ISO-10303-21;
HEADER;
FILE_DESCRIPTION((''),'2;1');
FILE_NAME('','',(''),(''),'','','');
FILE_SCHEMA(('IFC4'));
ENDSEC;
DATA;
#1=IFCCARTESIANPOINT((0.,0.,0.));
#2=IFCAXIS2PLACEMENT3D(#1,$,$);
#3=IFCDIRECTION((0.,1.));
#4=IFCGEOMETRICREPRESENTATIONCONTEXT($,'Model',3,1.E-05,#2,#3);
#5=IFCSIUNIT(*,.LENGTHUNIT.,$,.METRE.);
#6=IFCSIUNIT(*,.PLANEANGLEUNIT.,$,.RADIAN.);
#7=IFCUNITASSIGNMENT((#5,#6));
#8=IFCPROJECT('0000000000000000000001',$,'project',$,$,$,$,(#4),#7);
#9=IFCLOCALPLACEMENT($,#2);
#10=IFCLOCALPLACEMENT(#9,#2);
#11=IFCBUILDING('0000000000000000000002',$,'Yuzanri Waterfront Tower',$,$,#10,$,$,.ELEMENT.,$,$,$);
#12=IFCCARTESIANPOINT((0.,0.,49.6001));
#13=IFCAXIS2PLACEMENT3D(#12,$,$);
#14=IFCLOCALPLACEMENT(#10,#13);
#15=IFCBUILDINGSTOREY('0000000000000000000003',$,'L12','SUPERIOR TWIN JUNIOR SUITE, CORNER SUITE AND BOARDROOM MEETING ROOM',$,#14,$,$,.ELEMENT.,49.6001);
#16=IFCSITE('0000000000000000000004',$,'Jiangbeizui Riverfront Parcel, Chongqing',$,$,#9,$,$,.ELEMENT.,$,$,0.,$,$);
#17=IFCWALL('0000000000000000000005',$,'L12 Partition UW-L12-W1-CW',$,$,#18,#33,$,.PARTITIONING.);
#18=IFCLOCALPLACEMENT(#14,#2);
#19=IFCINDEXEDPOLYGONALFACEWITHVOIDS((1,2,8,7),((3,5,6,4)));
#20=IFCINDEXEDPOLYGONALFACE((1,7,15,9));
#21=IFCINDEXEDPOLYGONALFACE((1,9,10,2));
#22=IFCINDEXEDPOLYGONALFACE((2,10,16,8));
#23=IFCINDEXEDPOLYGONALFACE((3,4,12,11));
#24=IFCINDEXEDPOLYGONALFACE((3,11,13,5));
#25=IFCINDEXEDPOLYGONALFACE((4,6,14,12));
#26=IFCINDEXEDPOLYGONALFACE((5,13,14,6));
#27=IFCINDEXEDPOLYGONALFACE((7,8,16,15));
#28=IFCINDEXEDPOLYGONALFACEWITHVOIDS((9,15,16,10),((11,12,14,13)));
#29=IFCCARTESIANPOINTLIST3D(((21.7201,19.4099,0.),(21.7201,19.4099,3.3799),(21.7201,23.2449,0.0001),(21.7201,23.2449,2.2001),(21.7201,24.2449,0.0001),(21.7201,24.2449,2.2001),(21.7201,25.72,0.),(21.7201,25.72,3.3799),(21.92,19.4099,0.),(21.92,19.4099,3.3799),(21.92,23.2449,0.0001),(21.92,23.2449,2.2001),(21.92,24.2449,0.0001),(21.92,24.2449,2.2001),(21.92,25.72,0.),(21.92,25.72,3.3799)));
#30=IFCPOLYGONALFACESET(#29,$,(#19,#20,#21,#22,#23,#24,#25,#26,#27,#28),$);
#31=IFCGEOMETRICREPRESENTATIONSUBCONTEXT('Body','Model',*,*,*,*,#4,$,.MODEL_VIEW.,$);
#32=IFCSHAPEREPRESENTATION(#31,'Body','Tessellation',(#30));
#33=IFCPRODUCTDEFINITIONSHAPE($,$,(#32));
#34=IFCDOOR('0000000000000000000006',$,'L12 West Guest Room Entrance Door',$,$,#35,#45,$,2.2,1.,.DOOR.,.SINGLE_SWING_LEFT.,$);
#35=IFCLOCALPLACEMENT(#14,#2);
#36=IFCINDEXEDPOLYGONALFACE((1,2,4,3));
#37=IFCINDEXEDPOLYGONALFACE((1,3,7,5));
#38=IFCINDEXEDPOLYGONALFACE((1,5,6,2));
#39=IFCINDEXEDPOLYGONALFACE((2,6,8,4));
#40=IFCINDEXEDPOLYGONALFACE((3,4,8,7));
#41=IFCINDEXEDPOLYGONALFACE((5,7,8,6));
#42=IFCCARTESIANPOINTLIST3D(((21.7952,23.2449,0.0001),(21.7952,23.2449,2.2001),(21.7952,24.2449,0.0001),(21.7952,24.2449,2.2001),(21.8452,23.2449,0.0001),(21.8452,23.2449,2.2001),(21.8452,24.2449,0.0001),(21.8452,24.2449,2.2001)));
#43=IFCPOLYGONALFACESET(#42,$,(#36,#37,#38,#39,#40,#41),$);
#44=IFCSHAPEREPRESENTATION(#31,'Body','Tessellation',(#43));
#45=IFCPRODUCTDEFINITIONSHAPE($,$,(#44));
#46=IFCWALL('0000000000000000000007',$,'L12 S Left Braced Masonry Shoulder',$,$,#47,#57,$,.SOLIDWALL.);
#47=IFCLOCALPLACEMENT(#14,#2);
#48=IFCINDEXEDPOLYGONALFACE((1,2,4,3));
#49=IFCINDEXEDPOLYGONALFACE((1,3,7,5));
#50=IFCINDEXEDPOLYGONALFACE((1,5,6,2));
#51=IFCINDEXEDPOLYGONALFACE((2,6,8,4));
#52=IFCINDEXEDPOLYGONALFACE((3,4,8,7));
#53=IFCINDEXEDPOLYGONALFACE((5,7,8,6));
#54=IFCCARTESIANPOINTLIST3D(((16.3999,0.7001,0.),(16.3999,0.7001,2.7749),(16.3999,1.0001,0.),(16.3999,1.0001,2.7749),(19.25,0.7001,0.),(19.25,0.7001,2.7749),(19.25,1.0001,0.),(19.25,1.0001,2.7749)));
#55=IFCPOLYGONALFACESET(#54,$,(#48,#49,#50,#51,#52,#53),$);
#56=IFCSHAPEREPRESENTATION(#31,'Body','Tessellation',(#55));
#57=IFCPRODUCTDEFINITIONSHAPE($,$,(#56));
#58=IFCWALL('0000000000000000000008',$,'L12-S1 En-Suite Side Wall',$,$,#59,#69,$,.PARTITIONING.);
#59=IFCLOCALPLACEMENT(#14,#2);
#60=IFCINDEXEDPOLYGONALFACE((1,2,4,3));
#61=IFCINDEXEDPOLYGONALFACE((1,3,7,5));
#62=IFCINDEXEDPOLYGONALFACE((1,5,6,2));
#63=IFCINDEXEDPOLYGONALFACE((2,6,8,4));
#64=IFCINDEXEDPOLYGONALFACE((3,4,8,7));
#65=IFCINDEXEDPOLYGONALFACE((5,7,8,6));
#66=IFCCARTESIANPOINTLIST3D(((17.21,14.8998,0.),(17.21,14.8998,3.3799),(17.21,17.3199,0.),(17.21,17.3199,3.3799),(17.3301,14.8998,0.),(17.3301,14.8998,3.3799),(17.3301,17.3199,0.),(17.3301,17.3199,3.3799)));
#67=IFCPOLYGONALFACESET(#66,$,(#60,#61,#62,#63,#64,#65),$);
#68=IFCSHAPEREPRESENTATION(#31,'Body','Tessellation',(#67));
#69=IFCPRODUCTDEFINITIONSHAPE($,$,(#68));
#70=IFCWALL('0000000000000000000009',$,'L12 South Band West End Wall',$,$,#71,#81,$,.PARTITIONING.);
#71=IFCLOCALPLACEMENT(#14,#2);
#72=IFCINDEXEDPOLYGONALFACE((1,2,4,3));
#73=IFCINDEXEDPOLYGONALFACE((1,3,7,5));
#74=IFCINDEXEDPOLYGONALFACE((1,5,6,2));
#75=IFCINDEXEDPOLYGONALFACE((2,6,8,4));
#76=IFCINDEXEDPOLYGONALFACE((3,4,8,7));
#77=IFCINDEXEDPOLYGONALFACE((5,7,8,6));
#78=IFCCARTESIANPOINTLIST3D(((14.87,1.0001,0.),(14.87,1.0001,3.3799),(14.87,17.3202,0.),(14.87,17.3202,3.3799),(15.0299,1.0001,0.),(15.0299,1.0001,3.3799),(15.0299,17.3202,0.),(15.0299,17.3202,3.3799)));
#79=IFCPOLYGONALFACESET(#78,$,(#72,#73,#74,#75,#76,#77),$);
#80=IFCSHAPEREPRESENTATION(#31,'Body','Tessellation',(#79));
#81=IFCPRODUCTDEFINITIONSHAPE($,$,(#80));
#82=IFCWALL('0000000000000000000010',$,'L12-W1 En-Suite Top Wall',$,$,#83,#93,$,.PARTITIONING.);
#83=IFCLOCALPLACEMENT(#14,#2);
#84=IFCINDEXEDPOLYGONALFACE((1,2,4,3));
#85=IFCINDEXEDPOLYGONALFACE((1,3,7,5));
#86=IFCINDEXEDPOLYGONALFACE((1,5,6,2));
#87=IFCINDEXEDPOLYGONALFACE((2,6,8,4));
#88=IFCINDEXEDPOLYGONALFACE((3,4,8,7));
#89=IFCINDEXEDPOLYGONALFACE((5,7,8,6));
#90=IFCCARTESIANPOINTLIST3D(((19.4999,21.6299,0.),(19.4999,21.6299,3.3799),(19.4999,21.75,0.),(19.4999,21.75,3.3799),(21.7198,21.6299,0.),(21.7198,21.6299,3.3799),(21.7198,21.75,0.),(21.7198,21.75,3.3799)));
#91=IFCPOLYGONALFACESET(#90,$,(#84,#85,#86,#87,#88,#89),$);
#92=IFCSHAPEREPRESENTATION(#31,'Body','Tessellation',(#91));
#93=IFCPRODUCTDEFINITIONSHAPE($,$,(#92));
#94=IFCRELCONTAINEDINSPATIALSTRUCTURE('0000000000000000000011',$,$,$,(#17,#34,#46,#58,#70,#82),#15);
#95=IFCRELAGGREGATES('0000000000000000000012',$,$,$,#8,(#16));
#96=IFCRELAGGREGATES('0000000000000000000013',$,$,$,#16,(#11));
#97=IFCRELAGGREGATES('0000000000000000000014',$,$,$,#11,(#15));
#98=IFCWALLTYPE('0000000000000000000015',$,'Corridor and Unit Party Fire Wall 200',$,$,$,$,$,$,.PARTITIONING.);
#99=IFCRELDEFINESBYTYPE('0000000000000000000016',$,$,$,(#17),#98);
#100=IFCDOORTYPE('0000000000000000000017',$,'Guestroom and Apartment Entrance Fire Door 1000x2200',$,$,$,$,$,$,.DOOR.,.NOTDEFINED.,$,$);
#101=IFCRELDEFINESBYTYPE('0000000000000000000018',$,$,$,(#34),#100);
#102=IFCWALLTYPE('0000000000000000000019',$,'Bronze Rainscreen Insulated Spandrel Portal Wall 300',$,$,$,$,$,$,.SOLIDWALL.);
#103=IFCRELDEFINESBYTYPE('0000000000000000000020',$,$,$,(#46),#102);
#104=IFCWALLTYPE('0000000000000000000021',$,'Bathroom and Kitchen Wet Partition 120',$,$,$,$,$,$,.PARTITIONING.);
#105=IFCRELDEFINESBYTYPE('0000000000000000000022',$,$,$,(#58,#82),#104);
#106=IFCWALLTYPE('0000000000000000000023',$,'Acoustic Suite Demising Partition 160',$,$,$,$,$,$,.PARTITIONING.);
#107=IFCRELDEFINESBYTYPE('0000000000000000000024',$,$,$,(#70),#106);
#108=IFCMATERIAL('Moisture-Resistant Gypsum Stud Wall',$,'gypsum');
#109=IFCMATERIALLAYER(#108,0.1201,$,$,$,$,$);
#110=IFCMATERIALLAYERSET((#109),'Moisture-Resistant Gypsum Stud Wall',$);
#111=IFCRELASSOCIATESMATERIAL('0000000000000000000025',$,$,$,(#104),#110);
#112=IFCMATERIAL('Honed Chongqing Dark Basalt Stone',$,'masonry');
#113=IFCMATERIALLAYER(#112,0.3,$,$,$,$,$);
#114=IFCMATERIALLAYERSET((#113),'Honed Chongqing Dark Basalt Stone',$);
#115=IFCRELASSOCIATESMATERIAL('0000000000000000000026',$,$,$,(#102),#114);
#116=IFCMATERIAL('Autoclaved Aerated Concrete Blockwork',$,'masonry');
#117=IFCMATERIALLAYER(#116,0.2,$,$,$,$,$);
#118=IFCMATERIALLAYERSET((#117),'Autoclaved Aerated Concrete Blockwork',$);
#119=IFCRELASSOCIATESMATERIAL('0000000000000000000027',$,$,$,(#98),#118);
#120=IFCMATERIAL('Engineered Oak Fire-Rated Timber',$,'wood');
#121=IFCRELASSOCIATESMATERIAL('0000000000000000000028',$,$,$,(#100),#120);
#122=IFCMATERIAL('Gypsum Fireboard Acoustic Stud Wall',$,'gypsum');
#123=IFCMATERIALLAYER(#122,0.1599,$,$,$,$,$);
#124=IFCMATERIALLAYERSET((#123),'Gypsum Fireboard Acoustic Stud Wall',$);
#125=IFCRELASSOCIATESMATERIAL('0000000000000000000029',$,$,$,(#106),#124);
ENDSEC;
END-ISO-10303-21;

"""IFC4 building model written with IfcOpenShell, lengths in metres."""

from ifc_helpers import new_model, si_unit, direction, frame, frame_2d, origin, place, context, subcontext, project, spatial, rectangle, extrude, source, transform, mapped, material, layer, layer_set, type_object, element, fill, save


model = new_model("IFC4")

# Units and contexts
model_context = context("Model", 3, precision=1e-05, world=origin(), true_north=direction((0.0, 1.0)))
body_context = subcontext(model_context, "Body", "Model", "MODEL_VIEW")
ifc_project = project(units=[si_unit("LENGTHUNIT", "METRE"), si_unit("PLANEANGLEUNIT", "RADIAN")], contexts=[model_context])

# Site, building, storey
site_placement = place(None, origin())
site = spatial("IfcSite", under=ifc_project, at=site_placement, Name="Jiangbeizui Riverfront Parcel, Chongqing", CompositionType="ELEMENT", RefElevation=0.0)
building_placement = place(site_placement, origin())
building = spatial("IfcBuilding", under=site, at=building_placement, Name="Yuzanri Waterfront Tower", CompositionType="ELEMENT")
storey_placement = place(building_placement, frame((0.0, 0.0, 49.6001)))
storey = spatial("IfcBuildingStorey", under=building, at=storey_placement, Name="L12", Description="SUPERIOR TWIN JUNIOR SUITE, CORNER SUITE AND BOARDROOM MEETING ROOM", CompositionType="ELEMENT", Elevation=49.6001)

# Shared definitions
ifc_material_1 = material(Name="Moisture-Resistant Gypsum Stud Wall", Category="gypsum")
ifc_layer_1 = layer(ifc_material_1, 0.1201)
ifc_layer_set_1 = layer_set([ifc_layer_1], Name="Moisture-Resistant Gypsum Stud Wall")
wall_type_1 = type_object("IfcWallType", Name="Bathroom and Kitchen Wet Partition 120", PredefinedType="PARTITIONING", material=ifc_layer_set_1)

# Shared definitions
ifc_material_2 = material(Name="Honed Chongqing Dark Basalt Stone", Category="masonry")
ifc_layer_2 = layer(ifc_material_2, 0.3)
ifc_layer_set_2 = layer_set([ifc_layer_2], Name="Honed Chongqing Dark Basalt Stone")
wall_type_2 = type_object("IfcWallType", Name="Bronze Rainscreen Insulated Spandrel Portal Wall 300", PredefinedType="SOLIDWALL", material=ifc_layer_set_2)

# Wall, opening, door
ifc_material_3 = material(Name="Autoclaved Aerated Concrete Blockwork", Category="masonry")
ifc_layer_3 = layer(ifc_material_3, 0.2)
ifc_layer_set_3 = layer_set([ifc_layer_3], Name="Autoclaved Aerated Concrete Blockwork")
wall_type_3 = type_object("IfcWallType", Name="Corridor and Unit Party Fire Wall 200", PredefinedType="PARTITIONING", material=ifc_layer_set_3)
ifc_material_4 = material(Name="Engineered Oak Fire-Rated Timber", Category="wood")
door_type_1 = type_object("IfcDoorType", Name="Guestroom and Apartment Entrance Fire Door 1000x2200", OperationType="NOTDEFINED", PredefinedType="DOOR", material=ifc_material_4)
shared_shape_1 = source(origin(), body_context, "Body", "SweptSolid", [
    extrude(rectangle(XDim=1.0, YDim=2.2, at=frame_2d((0.5, 1.1001))), frame((0.0, 0.0249, 0.0), z_axis=(0.0, -1.0, 0.0), x_axis=(1.0, 0.0, 0.0)), (0.0, 0.0, 1.0), 0.05),
])
wall_1_placement = place(storey_placement, frame((21.8201, 19.4099, 0.0), z_axis=(0.0, 0.0, 1.0), x_axis=(0.0, 1.0, 0.0)))
wall_1 = element("IfcWall", 1, at=wall_1_placement, inside=storey, type_object=wall_type_3, Name="L12 Partition UW-L12-W1-CW", PredefinedType="PARTITIONING", context=body_context, shape_type="SweptSolid", body=[
    extrude(rectangle(XDim=6.3101, YDim=0.2, at=frame_2d((3.155, 0.0))), origin(), (0.0, 0.0, 1.0), 3.3799),
])
opening_1_placement = place(wall_1_placement, frame((3.835, 0.0, 0.0)))
opening_1 = element("IfcOpeningElement", 2, at=opening_1_placement, cuts=wall_1, PredefinedType="OPENING", context=body_context, shape_type="SweptSolid", body=[
    extrude(rectangle(XDim=1.0, YDim=2.2, at=frame_2d((0.5, 1.1001))), frame((0.0, 0.1147, 0.0), z_axis=(0.0, -1.0, 0.0), x_axis=(1.0, 0.0, 0.0)), (0.0, 0.0, 1.0), 0.2297),
])
door_1_placement = place(opening_1_placement, origin())
door_1 = element("IfcDoor", 3, at=door_1_placement, inside=storey, type_object=door_type_1, Name="L12 West Guest Room Entrance Door", OperationType="SINGLE_SWING_LEFT", OverallHeight=2.2, OverallWidth=1.0, PredefinedType="DOOR", context=body_context, shape_type="MappedRepresentation", body=[
    mapped(shared_shape_1, transform((0.0, 0.0, 0.0), scale=1.0)),
])
fill(opening_1, door_1)

# Walls
shared_shape_2 = source(origin(), body_context, "Body", "SweptSolid", [
    extrude(rectangle(XDim=2.8501, YDim=0.3, at=frame_2d((1.425, 0.0))), origin(), (0.0, 0.0, 1.0), 2.7749),
])
wall_2_placement = place(storey_placement, frame((16.3999, 0.8501, 0.0), z_axis=(0.0, 0.0, 1.0), x_axis=(1.0, 0.0, 0.0)))
element("IfcWall", 4, at=wall_2_placement, inside=storey, type_object=wall_type_2, Name="L12 S Left Braced Masonry Shoulder", PredefinedType="SOLIDWALL", context=body_context, shape_type="MappedRepresentation", body=[
    mapped(shared_shape_2, transform((0.0, 0.0, 0.0), scale=1.0)),
])
shared_shape_3 = source(origin(), body_context, "Body", "SweptSolid", [
    extrude(rectangle(XDim=2.4202, YDim=0.1201, at=frame_2d((1.21, 0.0))), origin(), (0.0, 0.0, 1.0), 3.3799),
])
wall_3_placement = place(storey_placement, frame((17.27, 14.8999, 0.0), z_axis=(0.0, 0.0, 1.0), x_axis=(0.0, 1.0, 0.0)))
element("IfcWall", 5, at=wall_3_placement, inside=storey, type_object=wall_type_1, Name="L12-S1 En-Suite Side Wall", PredefinedType="PARTITIONING", context=body_context, shape_type="MappedRepresentation", body=[
    mapped(shared_shape_3, transform((0.0, 0.0, 0.0), scale=1.0)),
])
ifc_material_5 = material(Name="Gypsum Fireboard Acoustic Stud Wall", Category="gypsum")
ifc_layer_4 = layer(ifc_material_5, 0.1599)
ifc_layer_set_4 = layer_set([ifc_layer_4], Name="Gypsum Fireboard Acoustic Stud Wall")
wall_type_4 = type_object("IfcWallType", Name="Acoustic Suite Demising Partition 160", PredefinedType="PARTITIONING", material=ifc_layer_set_4)
shared_shape_4 = source(origin(), body_context, "Body", "SweptSolid", [
    extrude(rectangle(XDim=16.3201, YDim=0.1599, at=frame_2d((8.1602, 0.0))), origin(), (0.0, 0.0, 1.0), 3.3799),
])
wall_4_placement = place(storey_placement, frame((14.95, 1.0, 0.0), z_axis=(0.0, 0.0, 1.0), x_axis=(0.0, 1.0, 0.0)))
element("IfcWall", 6, at=wall_4_placement, inside=storey, type_object=wall_type_4, Name="L12 South Band West End Wall", PredefinedType="PARTITIONING", context=body_context, shape_type="MappedRepresentation", body=[
    mapped(shared_shape_4, transform((0.0, 0.0, 0.0), scale=1.0)),
])
shared_shape_5 = source(origin(), body_context, "Body", "SweptSolid", [
    extrude(rectangle(XDim=2.22, YDim=0.1201, at=frame_2d((1.1099, 0.0))), origin(), (0.0, 0.0, 1.0), 3.3799),
])
wall_5_placement = place(storey_placement, frame((19.5, 21.6899, 0.0), z_axis=(0.0, 0.0, 1.0), x_axis=(1.0, 0.0, 0.0)))
element("IfcWall", 7, at=wall_5_placement, inside=storey, type_object=wall_type_1, Name="L12-W1 En-Suite Top Wall", PredefinedType="PARTITIONING", context=body_context, shape_type="MappedRepresentation", body=[
    mapped(shared_shape_5, transform((0.0, 0.0, 0.0), scale=1.0)),
])

save(model, "model.ifc")
